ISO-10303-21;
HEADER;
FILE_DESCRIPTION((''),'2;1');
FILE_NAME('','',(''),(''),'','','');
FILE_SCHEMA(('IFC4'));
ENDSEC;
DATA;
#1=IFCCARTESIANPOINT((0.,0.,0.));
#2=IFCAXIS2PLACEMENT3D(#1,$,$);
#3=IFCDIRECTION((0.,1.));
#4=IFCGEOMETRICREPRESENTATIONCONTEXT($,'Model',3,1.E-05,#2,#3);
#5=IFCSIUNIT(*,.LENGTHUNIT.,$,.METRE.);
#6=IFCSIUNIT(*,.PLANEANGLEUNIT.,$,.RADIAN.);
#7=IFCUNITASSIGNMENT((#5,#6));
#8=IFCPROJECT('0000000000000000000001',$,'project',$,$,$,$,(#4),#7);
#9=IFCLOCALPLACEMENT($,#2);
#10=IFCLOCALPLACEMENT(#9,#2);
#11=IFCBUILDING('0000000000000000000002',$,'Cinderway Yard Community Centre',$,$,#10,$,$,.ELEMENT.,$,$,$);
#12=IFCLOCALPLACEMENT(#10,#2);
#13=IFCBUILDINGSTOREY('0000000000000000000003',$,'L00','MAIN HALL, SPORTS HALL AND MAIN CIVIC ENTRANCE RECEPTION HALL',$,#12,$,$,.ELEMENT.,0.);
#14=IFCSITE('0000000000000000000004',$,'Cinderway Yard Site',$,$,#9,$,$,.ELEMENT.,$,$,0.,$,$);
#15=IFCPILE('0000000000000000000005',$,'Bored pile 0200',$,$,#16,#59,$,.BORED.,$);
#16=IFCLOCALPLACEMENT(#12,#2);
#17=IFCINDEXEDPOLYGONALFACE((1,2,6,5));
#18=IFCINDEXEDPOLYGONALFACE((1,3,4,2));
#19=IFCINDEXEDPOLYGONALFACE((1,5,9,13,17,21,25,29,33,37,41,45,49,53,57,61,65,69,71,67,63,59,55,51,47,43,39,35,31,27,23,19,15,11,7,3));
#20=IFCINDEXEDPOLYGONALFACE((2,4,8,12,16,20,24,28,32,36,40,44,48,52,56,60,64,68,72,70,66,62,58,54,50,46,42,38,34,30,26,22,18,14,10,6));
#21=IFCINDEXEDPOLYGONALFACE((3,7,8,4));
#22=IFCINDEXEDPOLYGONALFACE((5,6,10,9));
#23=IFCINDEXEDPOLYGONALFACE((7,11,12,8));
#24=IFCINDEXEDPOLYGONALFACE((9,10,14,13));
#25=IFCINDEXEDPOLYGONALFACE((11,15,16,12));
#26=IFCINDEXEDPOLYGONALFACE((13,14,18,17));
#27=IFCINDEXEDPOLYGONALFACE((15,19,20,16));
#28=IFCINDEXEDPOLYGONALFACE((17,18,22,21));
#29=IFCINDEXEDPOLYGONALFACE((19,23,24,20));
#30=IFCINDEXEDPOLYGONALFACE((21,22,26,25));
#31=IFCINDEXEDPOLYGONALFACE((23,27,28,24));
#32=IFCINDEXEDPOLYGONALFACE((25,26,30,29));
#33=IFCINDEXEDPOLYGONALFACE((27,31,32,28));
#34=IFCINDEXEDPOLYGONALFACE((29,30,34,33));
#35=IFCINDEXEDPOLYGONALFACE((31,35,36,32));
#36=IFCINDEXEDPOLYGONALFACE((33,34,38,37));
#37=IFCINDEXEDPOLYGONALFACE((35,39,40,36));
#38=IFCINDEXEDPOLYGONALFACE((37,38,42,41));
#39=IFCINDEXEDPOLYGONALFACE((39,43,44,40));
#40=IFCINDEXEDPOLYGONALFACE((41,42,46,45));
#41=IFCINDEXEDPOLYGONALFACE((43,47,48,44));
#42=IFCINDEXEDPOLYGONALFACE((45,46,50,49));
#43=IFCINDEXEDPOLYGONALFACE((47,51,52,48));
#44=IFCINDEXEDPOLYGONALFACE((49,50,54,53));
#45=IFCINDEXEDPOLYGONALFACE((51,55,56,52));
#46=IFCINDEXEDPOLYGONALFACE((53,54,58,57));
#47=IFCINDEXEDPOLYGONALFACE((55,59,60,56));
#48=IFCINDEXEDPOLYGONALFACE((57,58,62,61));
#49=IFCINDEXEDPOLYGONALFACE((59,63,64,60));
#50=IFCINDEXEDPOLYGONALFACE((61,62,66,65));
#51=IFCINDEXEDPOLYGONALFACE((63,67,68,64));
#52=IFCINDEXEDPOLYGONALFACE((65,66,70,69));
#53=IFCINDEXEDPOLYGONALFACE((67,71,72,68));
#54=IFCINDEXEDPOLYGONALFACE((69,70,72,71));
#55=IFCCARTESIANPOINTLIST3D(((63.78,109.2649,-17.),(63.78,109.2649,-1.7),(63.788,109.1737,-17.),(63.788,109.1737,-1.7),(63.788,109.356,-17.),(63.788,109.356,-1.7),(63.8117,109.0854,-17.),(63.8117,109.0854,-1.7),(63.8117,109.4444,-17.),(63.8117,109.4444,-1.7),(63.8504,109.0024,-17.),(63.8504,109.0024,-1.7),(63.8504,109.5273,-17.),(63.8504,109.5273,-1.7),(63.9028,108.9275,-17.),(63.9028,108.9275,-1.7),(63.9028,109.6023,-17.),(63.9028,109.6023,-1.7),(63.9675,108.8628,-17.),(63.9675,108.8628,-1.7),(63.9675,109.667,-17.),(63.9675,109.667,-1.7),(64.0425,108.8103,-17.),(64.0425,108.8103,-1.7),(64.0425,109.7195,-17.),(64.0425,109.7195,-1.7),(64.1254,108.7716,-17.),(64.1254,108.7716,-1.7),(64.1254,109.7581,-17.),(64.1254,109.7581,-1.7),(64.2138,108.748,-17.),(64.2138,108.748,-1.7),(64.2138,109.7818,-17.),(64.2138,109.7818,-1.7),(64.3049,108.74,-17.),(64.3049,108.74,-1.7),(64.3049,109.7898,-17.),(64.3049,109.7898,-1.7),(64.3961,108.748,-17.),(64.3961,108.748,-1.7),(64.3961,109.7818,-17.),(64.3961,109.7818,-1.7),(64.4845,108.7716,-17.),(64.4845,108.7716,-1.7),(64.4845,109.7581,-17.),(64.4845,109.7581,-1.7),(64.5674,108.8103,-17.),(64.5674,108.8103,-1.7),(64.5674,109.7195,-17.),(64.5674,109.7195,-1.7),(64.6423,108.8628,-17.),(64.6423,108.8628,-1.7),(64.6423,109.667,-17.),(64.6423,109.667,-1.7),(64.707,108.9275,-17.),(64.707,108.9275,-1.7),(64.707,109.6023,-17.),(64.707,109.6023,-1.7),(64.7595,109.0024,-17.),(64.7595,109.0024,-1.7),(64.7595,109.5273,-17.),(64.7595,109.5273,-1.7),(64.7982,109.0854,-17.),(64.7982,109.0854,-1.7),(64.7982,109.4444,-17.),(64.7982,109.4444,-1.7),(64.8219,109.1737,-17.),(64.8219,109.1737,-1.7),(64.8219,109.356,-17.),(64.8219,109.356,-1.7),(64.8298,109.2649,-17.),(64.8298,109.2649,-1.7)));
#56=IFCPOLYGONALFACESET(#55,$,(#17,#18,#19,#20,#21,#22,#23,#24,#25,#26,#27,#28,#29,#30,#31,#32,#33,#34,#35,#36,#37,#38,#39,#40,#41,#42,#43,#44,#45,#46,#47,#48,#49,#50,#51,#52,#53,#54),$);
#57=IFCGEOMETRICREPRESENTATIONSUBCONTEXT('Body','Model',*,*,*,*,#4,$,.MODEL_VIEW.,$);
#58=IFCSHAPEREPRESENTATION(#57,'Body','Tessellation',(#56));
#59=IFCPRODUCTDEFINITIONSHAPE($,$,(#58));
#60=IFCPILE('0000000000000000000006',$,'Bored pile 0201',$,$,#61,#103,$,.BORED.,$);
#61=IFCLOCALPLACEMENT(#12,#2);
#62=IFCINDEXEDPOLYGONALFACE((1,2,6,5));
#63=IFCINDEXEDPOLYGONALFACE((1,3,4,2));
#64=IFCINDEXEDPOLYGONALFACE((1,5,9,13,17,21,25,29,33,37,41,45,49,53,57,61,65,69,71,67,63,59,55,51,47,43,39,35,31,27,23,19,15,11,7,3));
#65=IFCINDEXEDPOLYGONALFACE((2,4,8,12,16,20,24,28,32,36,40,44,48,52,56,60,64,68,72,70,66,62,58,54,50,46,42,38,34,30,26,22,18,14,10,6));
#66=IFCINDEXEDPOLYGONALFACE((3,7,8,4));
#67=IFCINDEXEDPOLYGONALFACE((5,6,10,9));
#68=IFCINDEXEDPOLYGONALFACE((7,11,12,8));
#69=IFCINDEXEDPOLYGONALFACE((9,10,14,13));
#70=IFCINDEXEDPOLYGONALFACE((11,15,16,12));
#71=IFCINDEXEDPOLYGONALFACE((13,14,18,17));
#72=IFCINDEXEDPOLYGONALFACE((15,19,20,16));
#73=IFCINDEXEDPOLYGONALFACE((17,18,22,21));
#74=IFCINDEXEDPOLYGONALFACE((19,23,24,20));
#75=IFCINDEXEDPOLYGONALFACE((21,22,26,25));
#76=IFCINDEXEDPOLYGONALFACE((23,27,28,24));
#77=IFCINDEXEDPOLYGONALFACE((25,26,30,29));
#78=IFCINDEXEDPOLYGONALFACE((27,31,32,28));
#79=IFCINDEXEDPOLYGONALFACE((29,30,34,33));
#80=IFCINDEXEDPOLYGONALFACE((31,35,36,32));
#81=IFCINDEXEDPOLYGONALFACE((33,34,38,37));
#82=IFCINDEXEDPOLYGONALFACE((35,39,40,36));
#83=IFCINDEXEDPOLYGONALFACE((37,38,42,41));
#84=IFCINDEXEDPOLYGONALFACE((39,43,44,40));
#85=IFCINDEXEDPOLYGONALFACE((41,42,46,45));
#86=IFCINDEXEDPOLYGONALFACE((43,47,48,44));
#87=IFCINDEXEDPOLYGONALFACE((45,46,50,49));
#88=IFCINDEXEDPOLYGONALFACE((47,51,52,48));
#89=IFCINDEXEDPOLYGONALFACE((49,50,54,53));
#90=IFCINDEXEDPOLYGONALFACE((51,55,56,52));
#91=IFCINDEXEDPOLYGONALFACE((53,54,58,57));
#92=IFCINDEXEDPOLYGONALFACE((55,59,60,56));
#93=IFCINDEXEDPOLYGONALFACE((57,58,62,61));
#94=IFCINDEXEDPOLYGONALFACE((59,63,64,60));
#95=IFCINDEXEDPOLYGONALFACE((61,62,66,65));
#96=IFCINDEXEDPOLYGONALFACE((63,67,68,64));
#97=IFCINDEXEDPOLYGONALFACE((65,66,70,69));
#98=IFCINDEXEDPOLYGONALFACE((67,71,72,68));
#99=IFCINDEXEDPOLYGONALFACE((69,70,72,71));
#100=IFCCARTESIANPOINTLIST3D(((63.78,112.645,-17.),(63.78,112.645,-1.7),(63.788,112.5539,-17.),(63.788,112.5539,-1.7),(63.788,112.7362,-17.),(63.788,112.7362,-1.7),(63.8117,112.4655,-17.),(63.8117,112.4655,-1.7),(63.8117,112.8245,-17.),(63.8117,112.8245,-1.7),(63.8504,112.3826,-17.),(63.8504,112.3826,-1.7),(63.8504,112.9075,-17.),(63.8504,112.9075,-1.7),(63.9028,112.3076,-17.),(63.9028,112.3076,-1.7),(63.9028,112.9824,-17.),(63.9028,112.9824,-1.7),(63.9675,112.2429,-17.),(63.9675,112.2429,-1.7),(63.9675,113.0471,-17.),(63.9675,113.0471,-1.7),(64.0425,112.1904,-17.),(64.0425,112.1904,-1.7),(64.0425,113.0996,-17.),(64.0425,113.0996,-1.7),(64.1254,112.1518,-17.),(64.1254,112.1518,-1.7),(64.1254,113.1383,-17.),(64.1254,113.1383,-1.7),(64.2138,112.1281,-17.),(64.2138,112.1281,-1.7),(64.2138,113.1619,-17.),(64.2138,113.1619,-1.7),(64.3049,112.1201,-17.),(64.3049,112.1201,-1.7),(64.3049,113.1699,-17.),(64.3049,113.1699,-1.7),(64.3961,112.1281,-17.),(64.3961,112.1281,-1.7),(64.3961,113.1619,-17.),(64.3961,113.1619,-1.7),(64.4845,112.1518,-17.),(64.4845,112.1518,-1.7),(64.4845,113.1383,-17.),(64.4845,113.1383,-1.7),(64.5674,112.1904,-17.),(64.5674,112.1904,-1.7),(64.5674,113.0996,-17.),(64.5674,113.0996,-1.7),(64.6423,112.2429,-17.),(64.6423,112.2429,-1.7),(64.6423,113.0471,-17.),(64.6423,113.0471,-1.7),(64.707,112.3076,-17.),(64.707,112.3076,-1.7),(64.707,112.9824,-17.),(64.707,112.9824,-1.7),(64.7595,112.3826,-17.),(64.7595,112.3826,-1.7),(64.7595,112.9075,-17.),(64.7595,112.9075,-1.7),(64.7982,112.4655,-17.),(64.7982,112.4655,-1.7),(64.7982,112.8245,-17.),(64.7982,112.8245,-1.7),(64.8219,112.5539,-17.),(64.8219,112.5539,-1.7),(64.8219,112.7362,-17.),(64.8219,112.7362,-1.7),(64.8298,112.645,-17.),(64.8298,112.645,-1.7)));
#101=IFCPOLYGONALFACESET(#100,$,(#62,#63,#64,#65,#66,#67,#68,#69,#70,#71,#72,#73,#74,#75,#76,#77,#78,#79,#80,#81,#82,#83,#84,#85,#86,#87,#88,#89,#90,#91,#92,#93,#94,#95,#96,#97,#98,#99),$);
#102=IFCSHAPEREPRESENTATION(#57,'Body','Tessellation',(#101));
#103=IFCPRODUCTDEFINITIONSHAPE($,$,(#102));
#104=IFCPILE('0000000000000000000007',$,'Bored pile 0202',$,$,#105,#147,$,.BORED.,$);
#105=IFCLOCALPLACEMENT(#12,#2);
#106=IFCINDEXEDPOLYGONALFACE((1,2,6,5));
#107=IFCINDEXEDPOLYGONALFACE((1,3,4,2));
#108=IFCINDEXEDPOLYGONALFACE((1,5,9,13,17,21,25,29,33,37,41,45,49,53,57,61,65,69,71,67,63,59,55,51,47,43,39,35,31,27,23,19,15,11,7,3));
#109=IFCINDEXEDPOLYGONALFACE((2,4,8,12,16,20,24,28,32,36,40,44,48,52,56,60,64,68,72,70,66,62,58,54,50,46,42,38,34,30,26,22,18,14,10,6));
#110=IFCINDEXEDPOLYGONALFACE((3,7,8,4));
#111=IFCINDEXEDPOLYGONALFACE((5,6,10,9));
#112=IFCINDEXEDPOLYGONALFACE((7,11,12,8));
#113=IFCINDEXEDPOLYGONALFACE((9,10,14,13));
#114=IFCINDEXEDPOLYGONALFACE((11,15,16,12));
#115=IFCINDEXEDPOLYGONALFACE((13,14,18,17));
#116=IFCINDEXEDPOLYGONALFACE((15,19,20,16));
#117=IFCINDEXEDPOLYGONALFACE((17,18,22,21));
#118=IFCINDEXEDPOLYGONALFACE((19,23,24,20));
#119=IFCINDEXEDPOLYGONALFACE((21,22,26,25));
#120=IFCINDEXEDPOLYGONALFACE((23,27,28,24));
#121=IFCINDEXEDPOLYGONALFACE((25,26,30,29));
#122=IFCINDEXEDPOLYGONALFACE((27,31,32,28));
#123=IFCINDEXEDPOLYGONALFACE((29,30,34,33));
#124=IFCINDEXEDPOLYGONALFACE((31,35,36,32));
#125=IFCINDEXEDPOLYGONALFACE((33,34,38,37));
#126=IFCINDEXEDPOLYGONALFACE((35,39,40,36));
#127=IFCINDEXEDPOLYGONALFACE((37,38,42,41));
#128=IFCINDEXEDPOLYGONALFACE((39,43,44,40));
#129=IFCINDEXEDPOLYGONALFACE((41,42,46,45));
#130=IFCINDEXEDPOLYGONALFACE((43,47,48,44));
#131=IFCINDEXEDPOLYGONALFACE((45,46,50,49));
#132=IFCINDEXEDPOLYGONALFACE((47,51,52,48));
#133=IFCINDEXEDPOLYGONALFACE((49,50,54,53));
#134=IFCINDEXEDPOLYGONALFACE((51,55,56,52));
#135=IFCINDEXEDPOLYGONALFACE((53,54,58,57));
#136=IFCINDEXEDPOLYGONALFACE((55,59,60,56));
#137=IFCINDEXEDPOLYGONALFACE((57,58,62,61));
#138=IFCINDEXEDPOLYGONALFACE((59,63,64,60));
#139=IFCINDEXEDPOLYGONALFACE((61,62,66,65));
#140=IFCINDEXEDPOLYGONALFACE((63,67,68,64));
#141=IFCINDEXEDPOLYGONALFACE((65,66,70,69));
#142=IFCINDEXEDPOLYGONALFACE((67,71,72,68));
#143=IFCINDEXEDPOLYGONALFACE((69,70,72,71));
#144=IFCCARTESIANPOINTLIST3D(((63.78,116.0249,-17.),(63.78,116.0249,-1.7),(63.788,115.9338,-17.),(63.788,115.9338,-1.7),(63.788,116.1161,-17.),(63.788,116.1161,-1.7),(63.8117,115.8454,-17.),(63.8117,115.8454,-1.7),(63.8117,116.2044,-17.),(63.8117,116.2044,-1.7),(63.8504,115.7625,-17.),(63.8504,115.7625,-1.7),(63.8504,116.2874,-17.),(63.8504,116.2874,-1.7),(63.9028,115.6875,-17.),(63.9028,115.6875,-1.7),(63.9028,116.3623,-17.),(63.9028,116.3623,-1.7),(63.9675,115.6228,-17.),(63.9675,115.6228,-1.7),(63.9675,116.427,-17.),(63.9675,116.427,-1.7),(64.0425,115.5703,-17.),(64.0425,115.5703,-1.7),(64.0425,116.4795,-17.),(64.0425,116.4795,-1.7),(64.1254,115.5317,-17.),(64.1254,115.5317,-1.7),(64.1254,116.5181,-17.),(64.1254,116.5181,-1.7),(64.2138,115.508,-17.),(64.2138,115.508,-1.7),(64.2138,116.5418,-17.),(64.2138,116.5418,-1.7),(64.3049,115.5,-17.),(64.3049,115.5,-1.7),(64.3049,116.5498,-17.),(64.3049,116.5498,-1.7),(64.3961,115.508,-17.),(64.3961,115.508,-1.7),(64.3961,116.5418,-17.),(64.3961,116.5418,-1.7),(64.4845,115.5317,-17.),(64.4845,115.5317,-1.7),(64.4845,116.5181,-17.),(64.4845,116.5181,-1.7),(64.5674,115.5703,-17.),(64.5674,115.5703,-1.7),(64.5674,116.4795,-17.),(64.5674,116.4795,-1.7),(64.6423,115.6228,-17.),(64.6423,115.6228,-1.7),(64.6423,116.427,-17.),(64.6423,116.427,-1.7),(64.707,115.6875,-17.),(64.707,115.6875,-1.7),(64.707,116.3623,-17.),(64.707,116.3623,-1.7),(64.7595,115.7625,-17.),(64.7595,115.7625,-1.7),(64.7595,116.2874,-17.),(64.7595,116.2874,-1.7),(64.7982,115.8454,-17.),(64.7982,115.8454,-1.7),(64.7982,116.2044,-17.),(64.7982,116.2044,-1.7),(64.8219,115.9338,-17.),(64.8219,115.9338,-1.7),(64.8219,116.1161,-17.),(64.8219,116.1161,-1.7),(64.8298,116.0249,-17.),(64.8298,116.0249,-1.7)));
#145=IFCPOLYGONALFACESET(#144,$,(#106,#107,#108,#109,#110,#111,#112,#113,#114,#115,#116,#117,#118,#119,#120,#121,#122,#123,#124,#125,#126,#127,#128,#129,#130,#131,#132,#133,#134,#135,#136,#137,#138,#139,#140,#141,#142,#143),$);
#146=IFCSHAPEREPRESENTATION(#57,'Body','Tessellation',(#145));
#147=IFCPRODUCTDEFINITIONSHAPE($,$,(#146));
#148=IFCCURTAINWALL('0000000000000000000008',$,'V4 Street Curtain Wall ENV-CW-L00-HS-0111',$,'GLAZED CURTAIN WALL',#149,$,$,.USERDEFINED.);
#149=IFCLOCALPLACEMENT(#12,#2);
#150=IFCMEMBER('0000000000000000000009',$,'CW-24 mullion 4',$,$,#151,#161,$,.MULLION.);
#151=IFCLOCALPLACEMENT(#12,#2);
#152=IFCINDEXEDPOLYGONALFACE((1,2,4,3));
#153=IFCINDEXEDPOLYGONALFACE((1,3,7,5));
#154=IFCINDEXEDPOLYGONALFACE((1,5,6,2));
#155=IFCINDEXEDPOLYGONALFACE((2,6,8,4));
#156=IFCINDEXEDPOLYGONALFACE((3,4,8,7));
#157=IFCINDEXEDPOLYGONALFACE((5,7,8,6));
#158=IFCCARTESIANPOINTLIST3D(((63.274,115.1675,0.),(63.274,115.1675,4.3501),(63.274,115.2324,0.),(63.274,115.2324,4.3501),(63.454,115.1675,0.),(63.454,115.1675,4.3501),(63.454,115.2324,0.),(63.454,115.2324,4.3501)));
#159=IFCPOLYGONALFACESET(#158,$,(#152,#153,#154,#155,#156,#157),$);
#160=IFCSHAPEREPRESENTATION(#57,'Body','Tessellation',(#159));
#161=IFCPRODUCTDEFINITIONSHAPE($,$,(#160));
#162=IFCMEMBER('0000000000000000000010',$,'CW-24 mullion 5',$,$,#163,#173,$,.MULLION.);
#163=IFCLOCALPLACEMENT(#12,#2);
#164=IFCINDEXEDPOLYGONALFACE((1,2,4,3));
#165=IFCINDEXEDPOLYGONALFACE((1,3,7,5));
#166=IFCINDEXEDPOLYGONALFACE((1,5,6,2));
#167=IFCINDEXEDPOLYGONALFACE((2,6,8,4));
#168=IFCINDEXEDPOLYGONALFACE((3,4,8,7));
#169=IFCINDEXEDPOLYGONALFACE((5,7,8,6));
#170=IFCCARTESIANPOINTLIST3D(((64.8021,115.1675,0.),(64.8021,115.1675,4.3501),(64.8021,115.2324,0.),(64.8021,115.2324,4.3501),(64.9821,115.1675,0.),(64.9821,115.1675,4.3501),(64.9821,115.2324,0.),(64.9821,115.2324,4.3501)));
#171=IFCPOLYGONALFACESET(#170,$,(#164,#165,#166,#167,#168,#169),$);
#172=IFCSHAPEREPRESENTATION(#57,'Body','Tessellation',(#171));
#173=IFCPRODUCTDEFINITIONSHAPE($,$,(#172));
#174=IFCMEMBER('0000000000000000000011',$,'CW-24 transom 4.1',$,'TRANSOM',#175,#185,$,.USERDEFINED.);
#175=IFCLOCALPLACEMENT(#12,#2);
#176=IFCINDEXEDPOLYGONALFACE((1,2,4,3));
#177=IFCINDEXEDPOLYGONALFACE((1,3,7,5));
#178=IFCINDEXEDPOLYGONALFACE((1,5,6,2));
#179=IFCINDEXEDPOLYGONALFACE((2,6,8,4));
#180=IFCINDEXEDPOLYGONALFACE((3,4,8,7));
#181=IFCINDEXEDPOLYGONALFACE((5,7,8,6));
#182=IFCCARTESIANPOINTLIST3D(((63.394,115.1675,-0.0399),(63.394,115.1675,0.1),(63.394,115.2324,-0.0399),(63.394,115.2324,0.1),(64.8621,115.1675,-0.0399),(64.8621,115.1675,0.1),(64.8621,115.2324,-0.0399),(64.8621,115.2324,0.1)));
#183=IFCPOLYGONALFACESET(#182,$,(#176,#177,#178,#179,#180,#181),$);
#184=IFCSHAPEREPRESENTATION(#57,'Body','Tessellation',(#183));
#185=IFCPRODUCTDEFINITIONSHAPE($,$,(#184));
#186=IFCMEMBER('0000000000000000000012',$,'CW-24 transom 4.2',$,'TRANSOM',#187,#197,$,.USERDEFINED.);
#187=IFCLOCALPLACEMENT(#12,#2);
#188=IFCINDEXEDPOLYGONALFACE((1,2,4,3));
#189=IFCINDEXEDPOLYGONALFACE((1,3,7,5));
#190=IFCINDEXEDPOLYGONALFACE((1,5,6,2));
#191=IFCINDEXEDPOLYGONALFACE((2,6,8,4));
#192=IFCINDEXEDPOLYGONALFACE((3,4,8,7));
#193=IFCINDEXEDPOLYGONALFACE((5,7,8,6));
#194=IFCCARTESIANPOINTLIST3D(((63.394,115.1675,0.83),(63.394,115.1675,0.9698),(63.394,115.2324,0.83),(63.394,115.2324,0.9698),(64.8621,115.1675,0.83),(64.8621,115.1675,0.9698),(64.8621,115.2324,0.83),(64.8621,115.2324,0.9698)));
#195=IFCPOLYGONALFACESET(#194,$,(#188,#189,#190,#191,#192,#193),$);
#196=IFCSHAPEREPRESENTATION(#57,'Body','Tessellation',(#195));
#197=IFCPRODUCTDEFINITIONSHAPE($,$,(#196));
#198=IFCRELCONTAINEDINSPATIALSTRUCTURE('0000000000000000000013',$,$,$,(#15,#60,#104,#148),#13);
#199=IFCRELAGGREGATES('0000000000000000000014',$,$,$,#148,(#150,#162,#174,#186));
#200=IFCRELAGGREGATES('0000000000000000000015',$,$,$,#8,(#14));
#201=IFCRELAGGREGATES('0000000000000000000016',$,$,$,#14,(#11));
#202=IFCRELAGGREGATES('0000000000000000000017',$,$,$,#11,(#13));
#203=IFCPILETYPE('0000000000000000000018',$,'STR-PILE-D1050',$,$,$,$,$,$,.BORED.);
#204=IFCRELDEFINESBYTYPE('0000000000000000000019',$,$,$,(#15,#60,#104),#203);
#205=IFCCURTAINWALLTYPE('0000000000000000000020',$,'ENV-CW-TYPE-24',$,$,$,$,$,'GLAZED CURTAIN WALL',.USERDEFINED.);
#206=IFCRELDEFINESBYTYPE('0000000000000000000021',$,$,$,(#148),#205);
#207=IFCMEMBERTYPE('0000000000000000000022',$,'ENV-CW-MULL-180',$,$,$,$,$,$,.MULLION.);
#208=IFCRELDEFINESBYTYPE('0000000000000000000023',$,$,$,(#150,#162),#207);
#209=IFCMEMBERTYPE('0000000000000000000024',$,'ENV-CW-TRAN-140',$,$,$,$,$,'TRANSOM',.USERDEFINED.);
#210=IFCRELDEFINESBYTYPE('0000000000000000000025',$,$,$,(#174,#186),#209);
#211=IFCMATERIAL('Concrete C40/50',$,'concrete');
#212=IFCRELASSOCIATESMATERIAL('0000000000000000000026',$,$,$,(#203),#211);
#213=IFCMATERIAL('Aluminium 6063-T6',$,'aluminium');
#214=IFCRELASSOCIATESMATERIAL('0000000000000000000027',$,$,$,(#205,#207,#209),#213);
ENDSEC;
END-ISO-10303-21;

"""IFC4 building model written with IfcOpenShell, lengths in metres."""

from ifc_helpers import new_model, si_unit, direction, frame, origin, origin_2d, place, context, subcontext, project, spatial, rectangle, circle, extrude, material, material_profile, profile_set, type_object, element, aggregate, save


model = new_model("IFC4")

# Units and contexts
model_context = context("Model", 3, precision=1e-05, world=origin(), true_north=direction((0.0, 1.0)))
body_context = subcontext(model_context, "Body", "Model", "MODEL_VIEW")
ifc_project = project(units=[si_unit("LENGTHUNIT", "METRE"), si_unit("PLANEANGLEUNIT", "RADIAN")], contexts=[model_context])

# Site, building, storey
site_placement = place(None, origin())
site = spatial("IfcSite", under=ifc_project, at=site_placement, Name="Cinderway Yard Site", CompositionType="ELEMENT", RefElevation=0.0)
building_placement = place(site_placement, origin())
building = spatial("IfcBuilding", under=site, at=building_placement, Name="Cinderway Yard Community Centre", CompositionType="ELEMENT")
storey_placement = place(building_placement, origin())
storey = spatial("IfcBuildingStorey", under=building, at=storey_placement, Name="L00", Description="MAIN HALL, SPORTS HALL AND MAIN CIVIC ENTRANCE RECEPTION HALL", CompositionType="ELEMENT", Elevation=0.0)

# Piles
ifc_material_1 = material(Name="Concrete C40/50", Category="concrete")
ifc_material_profile_1 = material_profile(ifc_material_1, circle(Radius=0.5249, at=origin_2d()), Name="Concrete C40/50")
ifc_profile_set_1 = profile_set([ifc_material_profile_1], Name="Concrete C40/50")
pile_type = type_object("IfcPileType", Name="STR-PILE-D1050", PredefinedType="BORED", material=ifc_profile_set_1)
for number, where, z_axis, x_axis, name in (
    (1, (64.3049, 109.2649, -1.7), (0.0, 0.0, -1.0), (1.0, 0.0, 0.0), "Bored pile 0200"),
    (2, (64.3049, 112.645, -1.7), (0.0, 0.0, -1.0), (1.0, 0.0, 0.0), "Bored pile 0201"),
    (3, (64.3049, 116.0249, -1.7), (0.0, 0.0, -1.0), (1.0, 0.0, 0.0), "Bored pile 0202"),
):
    element("IfcPile", number, at=place(storey_placement, frame(where, z_axis=z_axis, x_axis=x_axis)), inside=storey, type_object=pile_type, Name=name, PredefinedType="BORED", context=body_context, shape_type="SweptSolid", body=[
        extrude(circle(Radius=0.5249, at=origin_2d()), origin(), (0.0, 0.0, 1.0), 15.3),
    ])

# Curtain wall, members
ifc_material_2 = material(Name="Aluminium 6063-T6", Category="aluminium")
curtain_wall_type = type_object("IfcCurtainWallType", Name="ENV-CW-TYPE-24", ElementType="GLAZED CURTAIN WALL", PredefinedType="USERDEFINED", material=ifc_material_2)
curtain_wall_placement = place(storey_placement, origin())
curtain_wall = element("IfcCurtainWall", 4, at=curtain_wall_placement, inside=storey, type_object=curtain_wall_type, Name="V4 Street Curtain Wall ENV-CW-L00-HS-0111", ObjectType="GLAZED CURTAIN WALL", PredefinedType="USERDEFINED")
ifc_material_profile_2 = material_profile(ifc_material_2, rectangle(XDim=0.0649, YDim=0.1799, at=origin_2d()), Name="Aluminium 6063-T6")
ifc_profile_set_2 = profile_set([ifc_material_profile_2], Name="Aluminium 6063-T6")
member_type_1 = type_object("IfcMemberType", Name="ENV-CW-MULL-180", PredefinedType="MULLION", material=ifc_profile_set_2)
member_1_placement = place(storey_placement, frame((63.364, 115.2, 0.0), z_axis=(0.0, 0.0, 1.0), x_axis=(0.0, 1.0, 0.0)))
member_1 = element("IfcMember", 5, at=member_1_placement, type_object=member_type_1, Name="CW-24 mullion 4", PredefinedType="MULLION", context=body_context, shape_type="SweptSolid", body=[
    extrude(rectangle(XDim=0.0649, YDim=0.1799, at=origin_2d()), origin(), (0.0, 0.0, 1.0), 4.3501),
])
member_2_placement = place(storey_placement, frame((64.8921, 115.2, 0.0), z_axis=(0.0, 0.0, 1.0), x_axis=(0.0, 1.0, 0.0)))
member_2 = element("IfcMember", 6, at=member_2_placement, type_object=member_type_1, Name="CW-24 mullion 5", PredefinedType="MULLION", context=body_context, shape_type="SweptSolid", body=[
    extrude(rectangle(XDim=0.0649, YDim=0.1799, at=origin_2d()), origin(), (0.0, 0.0, 1.0), 4.3501),
])
ifc_material_profile_3 = material_profile(ifc_material_2, rectangle(XDim=0.0649, YDim=0.1399, at=origin_2d()), Name="Aluminium 6063-T6")
ifc_profile_set_3 = profile_set([ifc_material_profile_3], Name="Aluminium 6063-T6")
member_type_2 = type_object("IfcMemberType", Name="ENV-CW-TRAN-140", ElementType="TRANSOM", PredefinedType="USERDEFINED", material=ifc_profile_set_3)
member_3_placement = place(storey_placement, frame((63.394, 115.2, 0.03), z_axis=(1.0, 0.0, 0.0), x_axis=(0.0, 1.0, 0.0)))
member_3 = element("IfcMember", 7, at=member_3_placement, type_object=member_type_2, Name="CW-24 transom 4.1", ObjectType="TRANSOM", PredefinedType="USERDEFINED", context=body_context, shape_type="SweptSolid", body=[
    extrude(rectangle(XDim=0.0649, YDim=0.1399, at=origin_2d()), origin(), (0.0, 0.0, 1.0), 1.468),
])
member_4_placement = place(storey_placement, frame((63.394, 115.2, 0.8999), z_axis=(1.0, 0.0, 0.0), x_axis=(0.0, 1.0, 0.0)))
member_4 = element("IfcMember", 8, at=member_4_placement, type_object=member_type_2, Name="CW-24 transom 4.2", ObjectType="TRANSOM", PredefinedType="USERDEFINED", context=body_context, shape_type="SweptSolid", body=[
    extrude(rectangle(XDim=0.0649, YDim=0.1399, at=origin_2d()), origin(), (0.0, 0.0, 1.0), 1.468),
])
aggregate(curtain_wall, [member_1, member_2, member_3, member_4])

save(model, "model.ifc")
